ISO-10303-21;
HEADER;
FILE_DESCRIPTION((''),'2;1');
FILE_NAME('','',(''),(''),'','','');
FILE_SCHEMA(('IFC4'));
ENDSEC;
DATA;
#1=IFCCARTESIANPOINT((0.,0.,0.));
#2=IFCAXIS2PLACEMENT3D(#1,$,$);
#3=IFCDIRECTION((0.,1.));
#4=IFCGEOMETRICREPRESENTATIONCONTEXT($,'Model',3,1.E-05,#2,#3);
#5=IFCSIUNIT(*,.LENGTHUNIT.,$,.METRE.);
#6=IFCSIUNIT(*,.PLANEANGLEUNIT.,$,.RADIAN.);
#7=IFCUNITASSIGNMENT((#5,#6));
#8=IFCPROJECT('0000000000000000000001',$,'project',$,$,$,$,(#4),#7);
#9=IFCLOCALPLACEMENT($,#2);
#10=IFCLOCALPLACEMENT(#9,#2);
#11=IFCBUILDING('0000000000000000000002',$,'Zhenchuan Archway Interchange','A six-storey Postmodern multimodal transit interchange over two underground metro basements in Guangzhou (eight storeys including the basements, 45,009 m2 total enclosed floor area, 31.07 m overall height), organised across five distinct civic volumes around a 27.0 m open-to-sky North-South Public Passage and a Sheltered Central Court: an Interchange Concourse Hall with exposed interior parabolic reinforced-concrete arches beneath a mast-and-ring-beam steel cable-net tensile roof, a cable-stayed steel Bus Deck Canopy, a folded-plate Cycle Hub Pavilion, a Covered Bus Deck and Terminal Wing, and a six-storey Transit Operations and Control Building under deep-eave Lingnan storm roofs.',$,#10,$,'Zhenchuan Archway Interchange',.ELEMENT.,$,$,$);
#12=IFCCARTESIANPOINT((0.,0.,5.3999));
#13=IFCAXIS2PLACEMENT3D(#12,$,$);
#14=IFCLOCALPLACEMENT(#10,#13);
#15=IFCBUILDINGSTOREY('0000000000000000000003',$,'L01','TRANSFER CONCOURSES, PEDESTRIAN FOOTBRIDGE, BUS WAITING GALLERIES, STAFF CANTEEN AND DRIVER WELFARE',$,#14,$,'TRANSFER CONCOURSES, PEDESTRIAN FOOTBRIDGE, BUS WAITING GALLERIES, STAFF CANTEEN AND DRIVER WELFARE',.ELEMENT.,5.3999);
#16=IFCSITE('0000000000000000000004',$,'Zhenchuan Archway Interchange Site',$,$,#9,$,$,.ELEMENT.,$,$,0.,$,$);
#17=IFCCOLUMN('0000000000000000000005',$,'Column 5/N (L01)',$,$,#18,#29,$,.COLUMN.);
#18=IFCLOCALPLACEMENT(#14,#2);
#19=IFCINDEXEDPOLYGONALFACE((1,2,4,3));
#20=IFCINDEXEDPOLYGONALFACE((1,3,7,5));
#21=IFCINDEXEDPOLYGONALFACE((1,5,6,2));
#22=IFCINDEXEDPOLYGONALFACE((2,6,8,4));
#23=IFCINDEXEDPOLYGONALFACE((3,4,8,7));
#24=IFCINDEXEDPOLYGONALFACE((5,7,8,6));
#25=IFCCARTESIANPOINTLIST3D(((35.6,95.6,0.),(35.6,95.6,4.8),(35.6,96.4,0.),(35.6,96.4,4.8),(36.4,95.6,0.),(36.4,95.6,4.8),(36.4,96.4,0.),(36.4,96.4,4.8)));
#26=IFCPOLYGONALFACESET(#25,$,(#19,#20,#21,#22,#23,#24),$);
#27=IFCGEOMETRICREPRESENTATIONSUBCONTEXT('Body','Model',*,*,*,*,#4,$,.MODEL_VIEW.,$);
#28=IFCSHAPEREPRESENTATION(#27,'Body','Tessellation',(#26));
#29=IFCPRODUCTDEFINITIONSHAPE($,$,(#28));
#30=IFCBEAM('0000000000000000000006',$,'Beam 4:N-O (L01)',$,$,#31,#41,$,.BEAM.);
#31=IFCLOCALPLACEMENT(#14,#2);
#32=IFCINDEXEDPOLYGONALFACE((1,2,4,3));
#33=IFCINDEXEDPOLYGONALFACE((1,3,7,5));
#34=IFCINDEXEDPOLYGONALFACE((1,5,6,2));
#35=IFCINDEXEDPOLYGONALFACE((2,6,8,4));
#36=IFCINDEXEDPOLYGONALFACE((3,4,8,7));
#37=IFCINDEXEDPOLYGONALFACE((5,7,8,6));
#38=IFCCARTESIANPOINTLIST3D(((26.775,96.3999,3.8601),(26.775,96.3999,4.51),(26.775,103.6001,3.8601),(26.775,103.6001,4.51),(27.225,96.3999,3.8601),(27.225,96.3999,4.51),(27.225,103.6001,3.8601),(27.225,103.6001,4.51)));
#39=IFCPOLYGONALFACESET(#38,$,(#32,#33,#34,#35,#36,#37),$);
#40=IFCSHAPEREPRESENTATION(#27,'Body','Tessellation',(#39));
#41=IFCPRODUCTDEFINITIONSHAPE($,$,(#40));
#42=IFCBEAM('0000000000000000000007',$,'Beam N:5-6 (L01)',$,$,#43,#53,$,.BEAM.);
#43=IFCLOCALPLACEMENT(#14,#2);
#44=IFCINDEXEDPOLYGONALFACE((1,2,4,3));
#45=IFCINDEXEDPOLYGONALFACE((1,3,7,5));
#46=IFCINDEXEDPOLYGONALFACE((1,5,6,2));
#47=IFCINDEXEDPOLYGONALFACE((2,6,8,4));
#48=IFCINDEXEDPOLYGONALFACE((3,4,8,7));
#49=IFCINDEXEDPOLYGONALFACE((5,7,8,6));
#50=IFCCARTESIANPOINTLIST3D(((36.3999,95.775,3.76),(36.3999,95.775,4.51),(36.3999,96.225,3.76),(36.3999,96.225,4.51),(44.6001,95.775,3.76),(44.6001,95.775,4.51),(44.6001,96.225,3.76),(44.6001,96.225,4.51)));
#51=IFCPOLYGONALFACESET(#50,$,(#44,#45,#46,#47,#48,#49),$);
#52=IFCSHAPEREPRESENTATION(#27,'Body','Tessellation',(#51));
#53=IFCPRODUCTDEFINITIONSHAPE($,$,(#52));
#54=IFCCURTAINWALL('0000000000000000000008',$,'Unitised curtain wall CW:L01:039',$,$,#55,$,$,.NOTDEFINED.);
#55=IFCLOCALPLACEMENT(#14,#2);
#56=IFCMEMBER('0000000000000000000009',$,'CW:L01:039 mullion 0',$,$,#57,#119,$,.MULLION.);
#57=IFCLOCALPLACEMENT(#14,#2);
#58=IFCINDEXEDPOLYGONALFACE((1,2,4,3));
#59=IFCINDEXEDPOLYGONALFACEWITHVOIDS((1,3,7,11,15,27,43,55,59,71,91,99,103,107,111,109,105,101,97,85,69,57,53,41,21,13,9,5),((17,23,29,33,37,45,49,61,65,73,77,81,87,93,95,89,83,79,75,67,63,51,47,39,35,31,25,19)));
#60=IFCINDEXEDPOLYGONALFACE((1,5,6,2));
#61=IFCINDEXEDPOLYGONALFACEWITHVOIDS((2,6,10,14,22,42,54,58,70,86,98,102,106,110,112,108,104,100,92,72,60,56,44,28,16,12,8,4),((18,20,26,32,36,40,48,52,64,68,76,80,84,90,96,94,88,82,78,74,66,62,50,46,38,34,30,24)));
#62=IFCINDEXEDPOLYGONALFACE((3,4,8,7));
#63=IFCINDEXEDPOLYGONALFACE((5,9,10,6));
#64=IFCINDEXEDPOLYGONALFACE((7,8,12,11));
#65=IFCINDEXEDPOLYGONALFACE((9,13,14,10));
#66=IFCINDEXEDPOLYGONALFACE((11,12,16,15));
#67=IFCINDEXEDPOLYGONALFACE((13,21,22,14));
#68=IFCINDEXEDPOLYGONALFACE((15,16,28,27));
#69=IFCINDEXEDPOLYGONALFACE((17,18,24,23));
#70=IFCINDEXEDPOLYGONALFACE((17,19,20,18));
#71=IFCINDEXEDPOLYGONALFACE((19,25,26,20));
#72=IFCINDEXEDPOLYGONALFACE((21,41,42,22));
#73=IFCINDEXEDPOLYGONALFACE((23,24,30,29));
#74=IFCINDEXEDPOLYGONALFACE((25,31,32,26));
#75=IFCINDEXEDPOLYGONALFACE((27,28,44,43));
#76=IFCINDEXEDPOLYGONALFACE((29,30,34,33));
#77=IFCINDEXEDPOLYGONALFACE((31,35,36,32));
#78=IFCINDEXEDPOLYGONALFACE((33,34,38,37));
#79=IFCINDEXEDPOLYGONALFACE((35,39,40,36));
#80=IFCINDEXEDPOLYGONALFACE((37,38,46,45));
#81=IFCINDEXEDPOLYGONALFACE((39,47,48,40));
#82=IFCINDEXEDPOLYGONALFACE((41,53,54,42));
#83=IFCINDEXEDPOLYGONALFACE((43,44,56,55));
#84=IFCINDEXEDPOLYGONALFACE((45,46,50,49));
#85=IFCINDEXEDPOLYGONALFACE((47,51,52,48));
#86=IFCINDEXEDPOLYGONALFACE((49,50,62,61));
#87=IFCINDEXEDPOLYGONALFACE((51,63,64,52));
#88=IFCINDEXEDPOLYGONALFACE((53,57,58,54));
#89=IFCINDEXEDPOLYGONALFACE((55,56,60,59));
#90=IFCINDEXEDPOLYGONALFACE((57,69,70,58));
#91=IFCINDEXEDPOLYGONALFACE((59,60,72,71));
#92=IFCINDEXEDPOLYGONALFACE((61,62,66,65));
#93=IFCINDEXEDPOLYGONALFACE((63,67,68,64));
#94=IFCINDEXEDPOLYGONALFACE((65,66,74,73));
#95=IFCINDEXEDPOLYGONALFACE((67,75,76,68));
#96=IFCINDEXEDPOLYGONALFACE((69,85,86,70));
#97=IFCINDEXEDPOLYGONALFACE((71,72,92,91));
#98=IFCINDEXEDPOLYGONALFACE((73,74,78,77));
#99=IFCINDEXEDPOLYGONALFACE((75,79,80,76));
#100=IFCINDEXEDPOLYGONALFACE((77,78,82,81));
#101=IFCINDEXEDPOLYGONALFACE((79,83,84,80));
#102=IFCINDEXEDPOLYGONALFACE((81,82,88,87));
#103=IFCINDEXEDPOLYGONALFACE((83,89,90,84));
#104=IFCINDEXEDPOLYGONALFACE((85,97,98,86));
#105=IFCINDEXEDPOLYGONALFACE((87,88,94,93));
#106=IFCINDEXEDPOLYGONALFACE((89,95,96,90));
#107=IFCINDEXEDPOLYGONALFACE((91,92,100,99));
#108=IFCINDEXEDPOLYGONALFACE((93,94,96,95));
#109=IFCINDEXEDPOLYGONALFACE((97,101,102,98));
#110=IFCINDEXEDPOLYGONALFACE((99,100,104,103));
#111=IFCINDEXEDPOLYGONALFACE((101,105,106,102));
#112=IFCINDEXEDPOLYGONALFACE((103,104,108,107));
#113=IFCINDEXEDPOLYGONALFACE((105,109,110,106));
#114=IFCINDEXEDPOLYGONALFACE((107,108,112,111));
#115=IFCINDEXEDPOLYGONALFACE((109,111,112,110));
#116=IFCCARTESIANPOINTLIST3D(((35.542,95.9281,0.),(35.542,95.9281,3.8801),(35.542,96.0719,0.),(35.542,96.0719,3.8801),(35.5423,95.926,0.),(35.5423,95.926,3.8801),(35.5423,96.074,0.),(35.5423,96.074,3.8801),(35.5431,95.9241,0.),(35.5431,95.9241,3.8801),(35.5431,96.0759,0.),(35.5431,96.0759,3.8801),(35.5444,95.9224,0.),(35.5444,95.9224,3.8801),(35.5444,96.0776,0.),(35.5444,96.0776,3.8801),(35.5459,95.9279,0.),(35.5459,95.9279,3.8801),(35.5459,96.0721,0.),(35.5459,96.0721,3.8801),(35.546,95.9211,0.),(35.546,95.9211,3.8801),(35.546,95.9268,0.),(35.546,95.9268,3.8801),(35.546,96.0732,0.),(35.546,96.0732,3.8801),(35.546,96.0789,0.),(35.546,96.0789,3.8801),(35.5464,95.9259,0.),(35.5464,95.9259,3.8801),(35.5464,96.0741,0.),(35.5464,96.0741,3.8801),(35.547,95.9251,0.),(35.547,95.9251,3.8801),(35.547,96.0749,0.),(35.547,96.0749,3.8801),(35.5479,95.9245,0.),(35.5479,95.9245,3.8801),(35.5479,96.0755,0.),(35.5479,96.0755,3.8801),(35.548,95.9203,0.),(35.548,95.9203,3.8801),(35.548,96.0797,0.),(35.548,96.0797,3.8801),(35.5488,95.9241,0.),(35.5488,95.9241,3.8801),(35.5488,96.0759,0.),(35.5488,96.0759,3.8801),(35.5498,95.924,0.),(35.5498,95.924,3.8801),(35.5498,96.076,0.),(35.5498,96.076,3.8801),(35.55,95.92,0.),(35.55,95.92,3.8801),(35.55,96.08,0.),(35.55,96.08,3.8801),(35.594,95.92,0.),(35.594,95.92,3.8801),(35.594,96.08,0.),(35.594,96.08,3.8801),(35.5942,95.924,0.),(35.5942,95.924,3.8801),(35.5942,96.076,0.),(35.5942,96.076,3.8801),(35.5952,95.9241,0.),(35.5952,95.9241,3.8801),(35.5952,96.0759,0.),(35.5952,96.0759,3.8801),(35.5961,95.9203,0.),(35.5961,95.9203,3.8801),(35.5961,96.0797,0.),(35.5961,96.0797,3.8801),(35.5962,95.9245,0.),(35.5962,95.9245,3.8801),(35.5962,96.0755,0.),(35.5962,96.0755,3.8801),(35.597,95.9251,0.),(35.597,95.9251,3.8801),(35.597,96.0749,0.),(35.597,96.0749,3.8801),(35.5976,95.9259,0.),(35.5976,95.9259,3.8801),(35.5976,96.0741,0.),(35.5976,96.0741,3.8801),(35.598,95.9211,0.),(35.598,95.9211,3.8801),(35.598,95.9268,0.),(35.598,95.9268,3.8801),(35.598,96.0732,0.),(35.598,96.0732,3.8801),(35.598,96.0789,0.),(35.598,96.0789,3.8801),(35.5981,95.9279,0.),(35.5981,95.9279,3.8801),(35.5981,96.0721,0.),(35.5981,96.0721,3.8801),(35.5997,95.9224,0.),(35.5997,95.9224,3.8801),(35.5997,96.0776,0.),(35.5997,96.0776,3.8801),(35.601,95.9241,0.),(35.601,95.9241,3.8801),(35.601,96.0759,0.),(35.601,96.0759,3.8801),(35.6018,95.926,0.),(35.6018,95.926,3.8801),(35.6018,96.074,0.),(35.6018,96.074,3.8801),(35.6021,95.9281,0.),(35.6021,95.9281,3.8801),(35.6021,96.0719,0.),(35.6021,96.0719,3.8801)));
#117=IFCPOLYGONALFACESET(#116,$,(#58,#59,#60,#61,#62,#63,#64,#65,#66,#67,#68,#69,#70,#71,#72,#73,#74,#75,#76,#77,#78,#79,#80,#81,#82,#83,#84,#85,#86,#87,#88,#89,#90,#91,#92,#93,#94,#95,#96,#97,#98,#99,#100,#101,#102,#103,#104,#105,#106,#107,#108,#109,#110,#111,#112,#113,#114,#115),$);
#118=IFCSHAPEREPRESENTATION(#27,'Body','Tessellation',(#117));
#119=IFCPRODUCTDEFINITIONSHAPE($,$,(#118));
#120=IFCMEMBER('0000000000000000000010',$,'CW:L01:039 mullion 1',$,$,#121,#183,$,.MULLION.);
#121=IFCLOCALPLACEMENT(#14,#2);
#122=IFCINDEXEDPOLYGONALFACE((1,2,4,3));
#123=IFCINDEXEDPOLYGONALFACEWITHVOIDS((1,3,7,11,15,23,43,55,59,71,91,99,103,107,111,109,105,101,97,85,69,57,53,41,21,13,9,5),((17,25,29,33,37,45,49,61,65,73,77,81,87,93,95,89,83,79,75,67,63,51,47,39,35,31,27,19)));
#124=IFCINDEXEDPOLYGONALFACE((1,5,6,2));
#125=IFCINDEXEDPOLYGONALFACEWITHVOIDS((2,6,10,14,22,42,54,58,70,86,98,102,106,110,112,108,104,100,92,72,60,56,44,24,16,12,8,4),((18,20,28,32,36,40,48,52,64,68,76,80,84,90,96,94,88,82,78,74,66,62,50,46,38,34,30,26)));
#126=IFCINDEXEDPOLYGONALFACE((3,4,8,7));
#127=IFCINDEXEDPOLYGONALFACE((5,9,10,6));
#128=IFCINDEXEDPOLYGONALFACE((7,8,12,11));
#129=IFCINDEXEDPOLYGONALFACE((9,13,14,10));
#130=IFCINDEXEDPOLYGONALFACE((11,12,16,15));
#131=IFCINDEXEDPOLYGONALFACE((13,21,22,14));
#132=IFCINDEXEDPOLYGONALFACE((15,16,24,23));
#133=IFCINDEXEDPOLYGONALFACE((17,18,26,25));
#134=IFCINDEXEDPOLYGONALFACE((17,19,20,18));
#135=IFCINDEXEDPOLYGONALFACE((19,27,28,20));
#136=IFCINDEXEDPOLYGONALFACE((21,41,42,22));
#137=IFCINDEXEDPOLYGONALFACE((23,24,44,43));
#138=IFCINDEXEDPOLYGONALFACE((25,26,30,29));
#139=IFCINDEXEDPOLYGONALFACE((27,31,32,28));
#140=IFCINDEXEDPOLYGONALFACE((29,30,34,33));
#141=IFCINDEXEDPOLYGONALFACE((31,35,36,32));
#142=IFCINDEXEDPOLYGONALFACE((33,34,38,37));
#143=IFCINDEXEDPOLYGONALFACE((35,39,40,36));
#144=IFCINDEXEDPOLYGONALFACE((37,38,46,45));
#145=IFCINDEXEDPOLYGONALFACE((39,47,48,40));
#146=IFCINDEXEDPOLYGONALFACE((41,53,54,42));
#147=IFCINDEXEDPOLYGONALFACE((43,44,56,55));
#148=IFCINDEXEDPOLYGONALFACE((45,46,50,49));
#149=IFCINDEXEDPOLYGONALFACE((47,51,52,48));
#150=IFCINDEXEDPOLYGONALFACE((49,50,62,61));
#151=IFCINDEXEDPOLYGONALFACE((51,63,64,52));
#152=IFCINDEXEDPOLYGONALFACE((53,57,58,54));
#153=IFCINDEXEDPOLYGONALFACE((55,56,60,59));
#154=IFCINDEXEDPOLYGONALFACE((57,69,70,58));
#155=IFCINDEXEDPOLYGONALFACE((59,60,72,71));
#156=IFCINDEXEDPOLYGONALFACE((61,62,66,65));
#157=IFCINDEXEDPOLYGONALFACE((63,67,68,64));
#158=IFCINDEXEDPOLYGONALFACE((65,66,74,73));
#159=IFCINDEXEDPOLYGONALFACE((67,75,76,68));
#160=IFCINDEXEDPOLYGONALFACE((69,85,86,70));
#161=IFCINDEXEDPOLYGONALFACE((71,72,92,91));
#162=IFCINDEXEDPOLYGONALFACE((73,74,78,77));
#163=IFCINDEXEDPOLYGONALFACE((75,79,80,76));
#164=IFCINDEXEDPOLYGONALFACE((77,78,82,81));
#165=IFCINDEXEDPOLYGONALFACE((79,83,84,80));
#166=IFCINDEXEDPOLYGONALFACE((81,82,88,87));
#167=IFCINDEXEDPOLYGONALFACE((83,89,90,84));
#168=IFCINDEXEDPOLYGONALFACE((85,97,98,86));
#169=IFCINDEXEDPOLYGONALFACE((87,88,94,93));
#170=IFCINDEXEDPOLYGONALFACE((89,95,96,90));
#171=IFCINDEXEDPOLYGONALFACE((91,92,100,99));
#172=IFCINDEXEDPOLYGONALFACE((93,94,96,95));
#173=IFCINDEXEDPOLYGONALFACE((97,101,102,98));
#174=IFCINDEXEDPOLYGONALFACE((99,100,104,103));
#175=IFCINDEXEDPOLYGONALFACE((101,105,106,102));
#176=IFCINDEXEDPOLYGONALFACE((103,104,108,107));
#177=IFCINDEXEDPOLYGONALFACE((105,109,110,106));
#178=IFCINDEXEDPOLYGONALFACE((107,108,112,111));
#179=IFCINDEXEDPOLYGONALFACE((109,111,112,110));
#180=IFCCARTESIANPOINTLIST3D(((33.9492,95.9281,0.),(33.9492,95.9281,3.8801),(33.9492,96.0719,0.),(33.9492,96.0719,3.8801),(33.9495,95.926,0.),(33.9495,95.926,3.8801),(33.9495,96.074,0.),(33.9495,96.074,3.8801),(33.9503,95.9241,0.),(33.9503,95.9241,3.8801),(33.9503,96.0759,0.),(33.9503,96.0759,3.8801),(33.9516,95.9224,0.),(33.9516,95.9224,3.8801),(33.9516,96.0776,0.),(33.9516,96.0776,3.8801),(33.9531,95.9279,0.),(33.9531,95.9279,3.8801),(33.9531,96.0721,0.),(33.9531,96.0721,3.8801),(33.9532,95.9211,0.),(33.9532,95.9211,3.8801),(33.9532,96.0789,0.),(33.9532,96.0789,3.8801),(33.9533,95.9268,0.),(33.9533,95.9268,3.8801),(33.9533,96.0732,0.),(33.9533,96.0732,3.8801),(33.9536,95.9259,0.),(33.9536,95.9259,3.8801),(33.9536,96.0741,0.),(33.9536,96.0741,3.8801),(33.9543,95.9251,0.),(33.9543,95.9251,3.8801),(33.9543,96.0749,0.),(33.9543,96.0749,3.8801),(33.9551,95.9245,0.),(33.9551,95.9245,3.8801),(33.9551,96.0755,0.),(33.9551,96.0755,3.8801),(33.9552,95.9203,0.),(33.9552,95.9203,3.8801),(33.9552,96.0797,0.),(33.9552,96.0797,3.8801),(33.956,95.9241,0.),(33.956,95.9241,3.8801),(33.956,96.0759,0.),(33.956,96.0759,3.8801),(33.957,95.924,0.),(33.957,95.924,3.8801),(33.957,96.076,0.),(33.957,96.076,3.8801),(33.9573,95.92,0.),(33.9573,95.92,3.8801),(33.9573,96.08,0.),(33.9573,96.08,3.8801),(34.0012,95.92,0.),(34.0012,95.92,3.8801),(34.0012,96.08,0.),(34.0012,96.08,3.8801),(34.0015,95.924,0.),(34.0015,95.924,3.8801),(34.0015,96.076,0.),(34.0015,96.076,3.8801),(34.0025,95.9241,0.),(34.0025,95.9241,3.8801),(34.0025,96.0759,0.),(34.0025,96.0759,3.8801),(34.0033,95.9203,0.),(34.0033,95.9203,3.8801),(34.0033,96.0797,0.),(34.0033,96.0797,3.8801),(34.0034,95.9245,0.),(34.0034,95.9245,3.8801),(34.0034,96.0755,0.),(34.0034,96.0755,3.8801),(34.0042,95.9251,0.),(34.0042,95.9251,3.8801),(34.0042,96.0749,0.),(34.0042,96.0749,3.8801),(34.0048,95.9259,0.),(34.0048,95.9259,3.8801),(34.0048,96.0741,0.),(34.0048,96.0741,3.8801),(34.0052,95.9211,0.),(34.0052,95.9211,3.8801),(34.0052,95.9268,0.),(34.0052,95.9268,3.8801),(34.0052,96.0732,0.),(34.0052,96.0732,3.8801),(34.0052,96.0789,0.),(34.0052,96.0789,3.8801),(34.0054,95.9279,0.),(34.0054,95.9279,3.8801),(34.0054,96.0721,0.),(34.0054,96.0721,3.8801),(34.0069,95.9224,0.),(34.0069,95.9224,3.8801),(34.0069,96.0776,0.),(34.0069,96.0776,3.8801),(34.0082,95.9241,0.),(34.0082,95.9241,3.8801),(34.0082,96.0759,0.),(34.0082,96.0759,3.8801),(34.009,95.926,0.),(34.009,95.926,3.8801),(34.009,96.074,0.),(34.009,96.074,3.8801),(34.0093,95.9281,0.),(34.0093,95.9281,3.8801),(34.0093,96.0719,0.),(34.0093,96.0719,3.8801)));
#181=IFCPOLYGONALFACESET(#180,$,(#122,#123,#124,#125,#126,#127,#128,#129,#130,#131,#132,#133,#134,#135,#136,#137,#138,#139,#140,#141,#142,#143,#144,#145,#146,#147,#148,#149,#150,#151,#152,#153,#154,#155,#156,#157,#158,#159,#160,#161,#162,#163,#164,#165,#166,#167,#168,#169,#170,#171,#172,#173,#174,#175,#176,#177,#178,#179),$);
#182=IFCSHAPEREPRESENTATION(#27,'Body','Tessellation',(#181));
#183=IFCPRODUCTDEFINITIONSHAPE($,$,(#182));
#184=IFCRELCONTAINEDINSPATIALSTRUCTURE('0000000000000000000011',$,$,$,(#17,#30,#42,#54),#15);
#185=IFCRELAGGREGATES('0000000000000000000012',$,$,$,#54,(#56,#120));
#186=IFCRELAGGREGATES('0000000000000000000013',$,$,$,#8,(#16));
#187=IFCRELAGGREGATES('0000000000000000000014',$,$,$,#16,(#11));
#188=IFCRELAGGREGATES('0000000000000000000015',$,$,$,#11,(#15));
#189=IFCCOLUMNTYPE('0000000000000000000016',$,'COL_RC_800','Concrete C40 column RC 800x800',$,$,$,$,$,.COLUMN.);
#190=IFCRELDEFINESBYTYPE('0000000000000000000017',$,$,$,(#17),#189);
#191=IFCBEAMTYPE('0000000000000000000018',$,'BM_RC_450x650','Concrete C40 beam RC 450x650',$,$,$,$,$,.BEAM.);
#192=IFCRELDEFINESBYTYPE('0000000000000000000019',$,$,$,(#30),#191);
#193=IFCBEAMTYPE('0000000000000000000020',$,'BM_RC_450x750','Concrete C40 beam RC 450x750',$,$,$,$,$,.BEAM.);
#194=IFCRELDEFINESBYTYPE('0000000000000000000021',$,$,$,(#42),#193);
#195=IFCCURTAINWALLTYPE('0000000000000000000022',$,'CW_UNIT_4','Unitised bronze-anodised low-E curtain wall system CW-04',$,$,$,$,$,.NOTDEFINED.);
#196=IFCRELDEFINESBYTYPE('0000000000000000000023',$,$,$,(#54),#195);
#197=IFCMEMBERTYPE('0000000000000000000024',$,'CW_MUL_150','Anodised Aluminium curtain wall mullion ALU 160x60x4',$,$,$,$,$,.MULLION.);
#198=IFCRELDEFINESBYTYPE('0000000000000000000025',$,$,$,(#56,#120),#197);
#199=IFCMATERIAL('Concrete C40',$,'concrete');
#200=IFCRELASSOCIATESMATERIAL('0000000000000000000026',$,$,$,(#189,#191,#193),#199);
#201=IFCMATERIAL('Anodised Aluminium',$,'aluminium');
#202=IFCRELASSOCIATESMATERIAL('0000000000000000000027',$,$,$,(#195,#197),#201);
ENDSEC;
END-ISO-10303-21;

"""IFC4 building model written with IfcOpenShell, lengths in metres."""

from ifc_helpers import new_model, si_unit, direction, frame, origin, origin_2d, place, context, subcontext, project, spatial, rectangle, hollow_rectangle, extrude, material, material_profile, profile_set, type_object, element, aggregate, save


model = new_model("IFC4")

# Units and contexts
model_context = context("Model", 3, precision=1e-05, world=origin(), true_north=direction((0.0, 1.0)))
body_context = subcontext(model_context, "Body", "Model", "MODEL_VIEW")
ifc_project = project(units=[si_unit("LENGTHUNIT", "METRE"), si_unit("PLANEANGLEUNIT", "RADIAN")], contexts=[model_context])

# Site, building, storey
site_placement = place(None, origin())
site = spatial("IfcSite", under=ifc_project, at=site_placement, Name="Zhenchuan Archway Interchange Site", CompositionType="ELEMENT", RefElevation=0.0)
building_placement = place(site_placement, origin())
building = spatial("IfcBuilding", under=site, at=building_placement, Name="Zhenchuan Archway Interchange", Description="A six-storey Postmodern multimodal transit interchange over two underground metro basements in Guangzhou (eight storeys including the basements, 45,009 m2 total enclosed floor area, 31.07 m overall height), organised across five distinct civic volumes around a 27.0 m open-to-sky North-South Public Passage and a Sheltered Central Court: an Interchange Concourse Hall with exposed interior parabolic reinforced-concrete arches beneath a mast-and-ring-beam steel cable-net tensile roof, a cable-stayed steel Bus Deck Canopy, a folded-plate Cycle Hub Pavilion, a Covered Bus Deck and Terminal Wing, and a six-storey Transit Operations and Control Building under deep-eave Lingnan storm roofs.", LongName="Zhenchuan Archway Interchange", CompositionType="ELEMENT")
storey_placement = place(building_placement, frame((0.0, 0.0, 5.3999)))
storey = spatial("IfcBuildingStorey", under=building, at=storey_placement, Name="L01", Description="TRANSFER CONCOURSES, PEDESTRIAN FOOTBRIDGE, BUS WAITING GALLERIES, STAFF CANTEEN AND DRIVER WELFARE", LongName="TRANSFER CONCOURSES, PEDESTRIAN FOOTBRIDGE, BUS WAITING GALLERIES, STAFF CANTEEN AND DRIVER WELFARE", CompositionType="ELEMENT", Elevation=5.3999)

# Column
ifc_material_1 = material(Name="Concrete C40", Category="concrete")
ifc_material_profile_1 = material_profile(ifc_material_1, rectangle(XDim=0.8, YDim=0.8, at=origin_2d()), Name="RC 800x800")
ifc_profile_set_1 = profile_set([ifc_material_profile_1], Name="Concrete C40")
column_type = type_object("IfcColumnType", Name="COL_RC_800", Description="Concrete C40 column RC 800x800", PredefinedType="COLUMN", material=ifc_profile_set_1)
column_placement = place(storey_placement, frame((36.0, 96.0, 0.0), z_axis=(0.0, 0.0, 1.0), x_axis=(1.0, 0.0, 0.0)))
element("IfcColumn", 1, at=column_placement, inside=storey, type_object=column_type, Name="Column 5/N (L01)", PredefinedType="COLUMN", context=body_context, shape_type="SweptSolid", body=[
    extrude(rectangle(XDim=0.8, YDim=0.8, at=origin_2d()), origin(), (0.0, 0.0, 1.0), 4.8),
])

# Beams
ifc_material_profile_2 = material_profile(ifc_material_1, rectangle(XDim=0.45, YDim=0.6499, at=origin_2d()), Name="RC 450x650")
ifc_profile_set_2 = profile_set([ifc_material_profile_2], Name="Concrete C40")
beam_type_1 = type_object("IfcBeamType", Name="BM_RC_450x650", Description="Concrete C40 beam RC 450x650", PredefinedType="BEAM", material=ifc_profile_set_2)
beam_1_placement = place(storey_placement, frame((27.0, 96.3999, 4.1851), z_axis=(0.0, 1.0, 0.0), x_axis=(-1.0, 0.0, 0.0)))
element("IfcBeam", 2, at=beam_1_placement, inside=storey, type_object=beam_type_1, Name="Beam 4:N-O (L01)", PredefinedType="BEAM", context=body_context, shape_type="SweptSolid", body=[
    extrude(rectangle(XDim=0.45, YDim=0.6499, at=origin_2d()), origin(), (0.0, 0.0, 1.0), 7.2002),
])
ifc_material_profile_3 = material_profile(ifc_material_1, rectangle(XDim=0.45, YDim=0.75, at=origin_2d()), Name="RC 450x750")
ifc_profile_set_3 = profile_set([ifc_material_profile_3], Name="Concrete C40")
beam_type_2 = type_object("IfcBeamType", Name="BM_RC_450x750", Description="Concrete C40 beam RC 450x750", PredefinedType="BEAM", material=ifc_profile_set_3)
beam_2_placement = place(storey_placement, frame((36.3999, 96.0, 4.135), z_axis=(1.0, 0.0, 0.0), x_axis=(0.0, 1.0, 0.0)))
element("IfcBeam", 3, at=beam_2_placement, inside=storey, type_object=beam_type_2, Name="Beam N:5-6 (L01)", PredefinedType="BEAM", context=body_context, shape_type="SweptSolid", body=[
    extrude(rectangle(XDim=0.45, YDim=0.75, at=origin_2d()), origin(), (0.0, 0.0, 1.0), 8.2002),
])

# Curtain wall, members
ifc_material_2 = material(Name="Anodised Aluminium", Category="aluminium")
curtain_wall_type = type_object("IfcCurtainWallType", Name="CW_UNIT_4", Description="Unitised bronze-anodised low-E curtain wall system CW-04", PredefinedType="NOTDEFINED", material=ifc_material_2)
curtain_wall_placement = place(storey_placement, origin())
curtain_wall = element("IfcCurtainWall", 4, at=curtain_wall_placement, inside=storey, type_object=curtain_wall_type, Name="Unitised curtain wall CW:L01:039", PredefinedType="NOTDEFINED")
ifc_material_profile_4 = material_profile(ifc_material_2, hollow_rectangle(XDim=0.0601, YDim=0.1599, WallThickness=0.0039, InnerFilletRadius=0.0039, OuterFilletRadius=0.0081, at=origin_2d()), Name="ALU 160x60x4")
ifc_profile_set_4 = profile_set([ifc_material_profile_4], Name="Anodised Aluminium")
member_type_1 = type_object("IfcMemberType", Name="CW_MUL_150", Description="Anodised Aluminium curtain wall mullion ALU 160x60x4", PredefinedType="MULLION", material=ifc_profile_set_4)
member_1_placement = place(storey_placement, frame((35.572, 96.0, 0.0), z_axis=(0.0, 0.0, 1.0), x_axis=(1.0, 0.0, 0.0)))
member_1 = element("IfcMember", 5, at=member_1_placement, type_object=member_type_1, Name="CW:L01:039 mullion 0", PredefinedType="MULLION", context=body_context, shape_type="SweptSolid", body=[
    extrude(hollow_rectangle(XDim=0.0601, YDim=0.1599, WallThickness=0.0039, InnerFilletRadius=0.0039, OuterFilletRadius=0.0081, at=origin_2d()), origin(), (0.0, 0.0, 1.0), 3.8801),
])
member_2_placement = place(storey_placement, frame((33.9792, 96.0, 0.0), z_axis=(0.0, 0.0, 1.0), x_axis=(1.0, 0.0, 0.0)))
member_2 = element("IfcMember", 6, at=member_2_placement, type_object=member_type_1, Name="CW:L01:039 mullion 1", PredefinedType="MULLION", context=body_context, shape_type="SweptSolid", body=[
    extrude(hollow_rectangle(XDim=0.0601, YDim=0.1599, WallThickness=0.0039, InnerFilletRadius=0.0039, OuterFilletRadius=0.0081, at=origin_2d()), origin(), (0.0, 0.0, 1.0), 3.8801),
])

aggregate(curtain_wall, [member_1, member_2])

save(model, "model.ifc")
